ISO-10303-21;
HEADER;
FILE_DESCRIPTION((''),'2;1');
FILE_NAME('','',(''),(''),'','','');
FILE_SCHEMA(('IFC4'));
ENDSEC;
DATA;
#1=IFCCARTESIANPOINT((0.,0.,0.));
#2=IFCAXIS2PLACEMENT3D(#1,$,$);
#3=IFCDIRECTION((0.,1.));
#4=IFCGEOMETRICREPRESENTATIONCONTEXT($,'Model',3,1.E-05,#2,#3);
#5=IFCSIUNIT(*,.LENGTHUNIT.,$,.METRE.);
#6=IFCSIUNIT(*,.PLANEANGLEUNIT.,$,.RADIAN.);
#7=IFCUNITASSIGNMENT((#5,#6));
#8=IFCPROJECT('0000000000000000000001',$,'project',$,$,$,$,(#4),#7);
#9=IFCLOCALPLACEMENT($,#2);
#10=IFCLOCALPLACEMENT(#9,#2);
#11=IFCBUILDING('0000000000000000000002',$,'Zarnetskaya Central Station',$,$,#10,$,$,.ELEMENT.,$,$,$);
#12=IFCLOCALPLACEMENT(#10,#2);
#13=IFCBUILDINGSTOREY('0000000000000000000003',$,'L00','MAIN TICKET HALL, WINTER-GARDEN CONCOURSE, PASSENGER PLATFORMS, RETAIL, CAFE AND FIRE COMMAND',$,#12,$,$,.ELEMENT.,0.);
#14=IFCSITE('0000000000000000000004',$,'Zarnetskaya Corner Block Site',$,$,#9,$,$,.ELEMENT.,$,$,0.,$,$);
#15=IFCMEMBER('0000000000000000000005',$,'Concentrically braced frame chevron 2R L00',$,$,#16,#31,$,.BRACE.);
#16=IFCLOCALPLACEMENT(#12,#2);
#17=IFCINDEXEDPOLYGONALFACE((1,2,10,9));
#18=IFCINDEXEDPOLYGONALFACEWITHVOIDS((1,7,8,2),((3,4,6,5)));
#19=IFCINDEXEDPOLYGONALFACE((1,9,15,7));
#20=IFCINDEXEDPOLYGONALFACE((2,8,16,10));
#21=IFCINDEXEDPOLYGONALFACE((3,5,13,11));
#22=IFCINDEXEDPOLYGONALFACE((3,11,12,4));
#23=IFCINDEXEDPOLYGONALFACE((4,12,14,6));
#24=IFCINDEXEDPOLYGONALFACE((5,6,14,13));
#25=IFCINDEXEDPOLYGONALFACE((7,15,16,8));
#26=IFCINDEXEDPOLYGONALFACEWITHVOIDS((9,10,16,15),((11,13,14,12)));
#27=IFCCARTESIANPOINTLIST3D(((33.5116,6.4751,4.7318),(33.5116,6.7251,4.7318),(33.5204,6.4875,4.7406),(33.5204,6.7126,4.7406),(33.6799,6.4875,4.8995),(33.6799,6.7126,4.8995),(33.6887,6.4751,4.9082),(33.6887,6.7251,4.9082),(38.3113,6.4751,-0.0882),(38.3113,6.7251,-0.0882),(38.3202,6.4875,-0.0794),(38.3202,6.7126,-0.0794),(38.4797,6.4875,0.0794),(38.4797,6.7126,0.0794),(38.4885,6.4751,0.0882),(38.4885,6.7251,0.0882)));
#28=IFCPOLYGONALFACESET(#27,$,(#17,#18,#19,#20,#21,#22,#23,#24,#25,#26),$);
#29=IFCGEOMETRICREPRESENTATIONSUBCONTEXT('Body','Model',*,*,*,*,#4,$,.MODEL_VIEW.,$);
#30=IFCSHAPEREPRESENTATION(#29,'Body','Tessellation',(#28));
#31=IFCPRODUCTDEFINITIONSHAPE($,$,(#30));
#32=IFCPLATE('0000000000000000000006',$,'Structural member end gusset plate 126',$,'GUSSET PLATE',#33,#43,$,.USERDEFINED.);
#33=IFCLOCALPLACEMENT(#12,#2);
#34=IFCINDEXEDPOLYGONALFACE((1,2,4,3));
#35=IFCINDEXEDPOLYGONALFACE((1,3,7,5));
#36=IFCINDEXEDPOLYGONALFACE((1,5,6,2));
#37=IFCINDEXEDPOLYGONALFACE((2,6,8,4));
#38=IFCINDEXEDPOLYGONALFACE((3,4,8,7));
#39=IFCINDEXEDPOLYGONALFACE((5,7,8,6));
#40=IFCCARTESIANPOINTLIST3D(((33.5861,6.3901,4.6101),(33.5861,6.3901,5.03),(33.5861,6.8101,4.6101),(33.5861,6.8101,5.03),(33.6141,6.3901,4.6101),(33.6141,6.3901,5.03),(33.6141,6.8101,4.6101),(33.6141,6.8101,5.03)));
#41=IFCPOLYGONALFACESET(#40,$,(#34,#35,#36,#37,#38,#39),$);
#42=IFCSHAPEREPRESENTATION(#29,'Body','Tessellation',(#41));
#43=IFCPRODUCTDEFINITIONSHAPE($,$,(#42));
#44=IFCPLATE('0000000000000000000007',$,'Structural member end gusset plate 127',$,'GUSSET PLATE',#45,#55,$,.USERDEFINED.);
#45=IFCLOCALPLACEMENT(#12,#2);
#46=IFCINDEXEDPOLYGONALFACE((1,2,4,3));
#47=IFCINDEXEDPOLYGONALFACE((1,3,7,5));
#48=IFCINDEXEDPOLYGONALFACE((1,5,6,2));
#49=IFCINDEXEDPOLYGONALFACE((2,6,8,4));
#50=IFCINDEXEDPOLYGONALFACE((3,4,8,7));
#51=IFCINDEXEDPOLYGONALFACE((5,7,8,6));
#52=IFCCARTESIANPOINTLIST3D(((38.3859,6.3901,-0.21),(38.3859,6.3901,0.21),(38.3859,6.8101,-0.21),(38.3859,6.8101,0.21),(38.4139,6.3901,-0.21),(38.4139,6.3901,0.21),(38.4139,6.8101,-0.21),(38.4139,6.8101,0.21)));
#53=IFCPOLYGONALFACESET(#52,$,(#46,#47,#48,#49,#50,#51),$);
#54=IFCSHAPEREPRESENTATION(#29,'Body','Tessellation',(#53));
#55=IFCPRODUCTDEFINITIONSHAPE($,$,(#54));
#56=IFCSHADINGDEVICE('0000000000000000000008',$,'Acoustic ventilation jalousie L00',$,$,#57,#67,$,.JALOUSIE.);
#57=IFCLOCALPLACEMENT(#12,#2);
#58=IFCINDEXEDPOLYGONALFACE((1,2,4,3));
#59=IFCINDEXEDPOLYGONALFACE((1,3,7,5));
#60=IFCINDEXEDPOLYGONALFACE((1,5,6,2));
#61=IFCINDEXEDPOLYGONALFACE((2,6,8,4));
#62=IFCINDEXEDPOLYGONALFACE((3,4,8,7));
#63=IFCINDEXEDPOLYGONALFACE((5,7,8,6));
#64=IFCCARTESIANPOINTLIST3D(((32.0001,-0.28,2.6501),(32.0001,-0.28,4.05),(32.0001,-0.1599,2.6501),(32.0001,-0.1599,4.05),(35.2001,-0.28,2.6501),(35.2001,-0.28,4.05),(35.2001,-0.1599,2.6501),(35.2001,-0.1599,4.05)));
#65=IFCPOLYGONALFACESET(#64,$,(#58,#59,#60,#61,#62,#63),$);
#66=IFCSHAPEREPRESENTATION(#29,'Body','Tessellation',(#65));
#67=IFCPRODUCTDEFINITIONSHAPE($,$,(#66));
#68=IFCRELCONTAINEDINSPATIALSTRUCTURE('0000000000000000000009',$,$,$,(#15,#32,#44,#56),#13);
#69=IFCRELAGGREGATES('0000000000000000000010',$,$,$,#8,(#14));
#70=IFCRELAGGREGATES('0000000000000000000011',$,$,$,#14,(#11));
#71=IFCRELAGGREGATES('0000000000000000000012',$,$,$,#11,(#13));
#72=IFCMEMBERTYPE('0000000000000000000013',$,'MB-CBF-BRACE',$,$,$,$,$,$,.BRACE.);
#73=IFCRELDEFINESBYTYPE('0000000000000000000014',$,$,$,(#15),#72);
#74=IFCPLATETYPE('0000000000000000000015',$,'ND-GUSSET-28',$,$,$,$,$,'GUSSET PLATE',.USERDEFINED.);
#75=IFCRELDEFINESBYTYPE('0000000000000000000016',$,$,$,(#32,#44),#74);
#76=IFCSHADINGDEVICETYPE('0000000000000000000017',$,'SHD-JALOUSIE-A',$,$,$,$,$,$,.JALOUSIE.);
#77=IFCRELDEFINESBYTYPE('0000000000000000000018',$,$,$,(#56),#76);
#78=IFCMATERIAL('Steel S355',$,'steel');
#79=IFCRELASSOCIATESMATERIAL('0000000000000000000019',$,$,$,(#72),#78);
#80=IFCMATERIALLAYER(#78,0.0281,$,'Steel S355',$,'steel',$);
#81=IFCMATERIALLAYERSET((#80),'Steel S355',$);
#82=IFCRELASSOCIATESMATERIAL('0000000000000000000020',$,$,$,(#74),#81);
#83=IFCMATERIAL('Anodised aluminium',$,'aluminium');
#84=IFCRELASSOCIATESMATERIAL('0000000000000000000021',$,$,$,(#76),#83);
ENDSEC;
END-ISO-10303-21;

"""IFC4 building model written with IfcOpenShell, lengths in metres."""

from ifc_helpers import new_model, si_unit, direction, frame, origin, origin_2d, place, context, subcontext, project, spatial, rectangle, hollow_rectangle, extrude, material, layer, layer_set, material_profile, profile_set, type_object, element, save


model = new_model("IFC4")

# Units and contexts
model_context = context("Model", 3, precision=1e-05, world=origin(), true_north=direction((0.0, 1.0)))
body_context = subcontext(model_context, "Body", "Model", "MODEL_VIEW")
ifc_project = project(units=[si_unit("LENGTHUNIT", "METRE"), si_unit("PLANEANGLEUNIT", "RADIAN")], contexts=[model_context])

# Site, building, storey
site_placement = place(None, origin())
site = spatial("IfcSite", under=ifc_project, at=site_placement, Name="Zarnetskaya Corner Block Site", CompositionType="ELEMENT", RefElevation=0.0)
building_placement = place(site_placement, origin())
building = spatial("IfcBuilding", under=site, at=building_placement, Name="Zarnetskaya Central Station", CompositionType="ELEMENT")
storey_placement = place(building_placement, origin())
storey = spatial("IfcBuildingStorey", under=building, at=storey_placement, Name="L00", Description="MAIN TICKET HALL, WINTER-GARDEN CONCOURSE, PASSENGER PLATFORMS, RETAIL, CAFE AND FIRE COMMAND", CompositionType="ELEMENT", Elevation=0.0)

# Shared definitions
ifc_material_1 = material(Name="Steel S355", Category="steel")

# Member
ifc_material_profile_1 = material_profile(ifc_material_1, hollow_rectangle(XDim=0.25, YDim=0.25, WallThickness=0.0125, at=origin_2d()), Name="SHS 250x250x12.5")
ifc_profile_set_1 = profile_set([ifc_material_profile_1], Name="Steel S355")
member_type = type_object("IfcMemberType", Name="MB-CBF-BRACE", PredefinedType="BRACE", material=ifc_profile_set_1)
member_placement = place(storey_placement, frame((38.3999, 6.6001, 0.0), z_axis=(-0.705616, 0.0, 0.708595), x_axis=(0.0, -1.0, 0.0)))
element("IfcMember", 1, at=member_placement, inside=storey, type_object=member_type, Name="Concentrically braced frame chevron 2R L00", PredefinedType="BRACE", context=body_context, shape_type="SweptSolid", body=[
    extrude(hollow_rectangle(XDim=0.25, YDim=0.25, WallThickness=0.0125, at=origin_2d()), origin(), (0.0, 0.0, 1.0), 6.8022),
])

# Plates
ifc_layer_1 = layer(ifc_material_1, 0.0281, Name="Steel S355", Category="steel")
ifc_layer_set_1 = layer_set([ifc_layer_1], Name="Steel S355")
plate_type = type_object("IfcPlateType", Name="ND-GUSSET-28", ElementType="GUSSET PLATE", PredefinedType="USERDEFINED", material=ifc_layer_set_1)
for number, where, z_axis, x_axis, name in (
    (2, (33.6001, 6.6001, 4.6101), (0.0, 0.0, 1.0), (1.0, 0.0, 0.0), "Structural member end gusset plate 126"),
    (3, (38.3999, 6.6001, -0.21), (0.0, 0.0, 1.0), (1.0, 0.0, 0.0), "Structural member end gusset plate 127"),
):
    element("IfcPlate", number, at=place(storey_placement, frame(where, z_axis=z_axis, x_axis=x_axis)), inside=storey, type_object=plate_type, Name=name, ObjectType="GUSSET PLATE", PredefinedType="USERDEFINED", context=body_context, shape_type="SweptSolid", body=[
        extrude(rectangle(XDim=0.0281, YDim=0.4199, at=origin_2d()), origin(), (0.0, 0.0, 1.0), 0.4199),
    ])

# Shared definitions
ifc_material_2 = material(Name="Anodised aluminium", Category="aluminium")

# Shading device
shading_device_type = type_object("IfcShadingDeviceType", Name="SHD-JALOUSIE-A", PredefinedType="JALOUSIE", material=ifc_material_2)
shading_device_placement = place(storey_placement, frame((33.6001, -0.22, 2.6501), z_axis=(0.0, 0.0, 1.0), x_axis=(-1.0, 0.0, 0.0)))
element("IfcShadingDevice", 4, at=shading_device_placement, inside=storey, type_object=shading_device_type, Name="Acoustic ventilation jalousie L00", PredefinedType="JALOUSIE", context=body_context, shape_type="SweptSolid", body=[
    extrude(rectangle(XDim=3.2, YDim=0.1201, at=origin_2d()), origin(), (0.0, 0.0, 1.0), 1.3999),
])

save(model, "model.ifc")
